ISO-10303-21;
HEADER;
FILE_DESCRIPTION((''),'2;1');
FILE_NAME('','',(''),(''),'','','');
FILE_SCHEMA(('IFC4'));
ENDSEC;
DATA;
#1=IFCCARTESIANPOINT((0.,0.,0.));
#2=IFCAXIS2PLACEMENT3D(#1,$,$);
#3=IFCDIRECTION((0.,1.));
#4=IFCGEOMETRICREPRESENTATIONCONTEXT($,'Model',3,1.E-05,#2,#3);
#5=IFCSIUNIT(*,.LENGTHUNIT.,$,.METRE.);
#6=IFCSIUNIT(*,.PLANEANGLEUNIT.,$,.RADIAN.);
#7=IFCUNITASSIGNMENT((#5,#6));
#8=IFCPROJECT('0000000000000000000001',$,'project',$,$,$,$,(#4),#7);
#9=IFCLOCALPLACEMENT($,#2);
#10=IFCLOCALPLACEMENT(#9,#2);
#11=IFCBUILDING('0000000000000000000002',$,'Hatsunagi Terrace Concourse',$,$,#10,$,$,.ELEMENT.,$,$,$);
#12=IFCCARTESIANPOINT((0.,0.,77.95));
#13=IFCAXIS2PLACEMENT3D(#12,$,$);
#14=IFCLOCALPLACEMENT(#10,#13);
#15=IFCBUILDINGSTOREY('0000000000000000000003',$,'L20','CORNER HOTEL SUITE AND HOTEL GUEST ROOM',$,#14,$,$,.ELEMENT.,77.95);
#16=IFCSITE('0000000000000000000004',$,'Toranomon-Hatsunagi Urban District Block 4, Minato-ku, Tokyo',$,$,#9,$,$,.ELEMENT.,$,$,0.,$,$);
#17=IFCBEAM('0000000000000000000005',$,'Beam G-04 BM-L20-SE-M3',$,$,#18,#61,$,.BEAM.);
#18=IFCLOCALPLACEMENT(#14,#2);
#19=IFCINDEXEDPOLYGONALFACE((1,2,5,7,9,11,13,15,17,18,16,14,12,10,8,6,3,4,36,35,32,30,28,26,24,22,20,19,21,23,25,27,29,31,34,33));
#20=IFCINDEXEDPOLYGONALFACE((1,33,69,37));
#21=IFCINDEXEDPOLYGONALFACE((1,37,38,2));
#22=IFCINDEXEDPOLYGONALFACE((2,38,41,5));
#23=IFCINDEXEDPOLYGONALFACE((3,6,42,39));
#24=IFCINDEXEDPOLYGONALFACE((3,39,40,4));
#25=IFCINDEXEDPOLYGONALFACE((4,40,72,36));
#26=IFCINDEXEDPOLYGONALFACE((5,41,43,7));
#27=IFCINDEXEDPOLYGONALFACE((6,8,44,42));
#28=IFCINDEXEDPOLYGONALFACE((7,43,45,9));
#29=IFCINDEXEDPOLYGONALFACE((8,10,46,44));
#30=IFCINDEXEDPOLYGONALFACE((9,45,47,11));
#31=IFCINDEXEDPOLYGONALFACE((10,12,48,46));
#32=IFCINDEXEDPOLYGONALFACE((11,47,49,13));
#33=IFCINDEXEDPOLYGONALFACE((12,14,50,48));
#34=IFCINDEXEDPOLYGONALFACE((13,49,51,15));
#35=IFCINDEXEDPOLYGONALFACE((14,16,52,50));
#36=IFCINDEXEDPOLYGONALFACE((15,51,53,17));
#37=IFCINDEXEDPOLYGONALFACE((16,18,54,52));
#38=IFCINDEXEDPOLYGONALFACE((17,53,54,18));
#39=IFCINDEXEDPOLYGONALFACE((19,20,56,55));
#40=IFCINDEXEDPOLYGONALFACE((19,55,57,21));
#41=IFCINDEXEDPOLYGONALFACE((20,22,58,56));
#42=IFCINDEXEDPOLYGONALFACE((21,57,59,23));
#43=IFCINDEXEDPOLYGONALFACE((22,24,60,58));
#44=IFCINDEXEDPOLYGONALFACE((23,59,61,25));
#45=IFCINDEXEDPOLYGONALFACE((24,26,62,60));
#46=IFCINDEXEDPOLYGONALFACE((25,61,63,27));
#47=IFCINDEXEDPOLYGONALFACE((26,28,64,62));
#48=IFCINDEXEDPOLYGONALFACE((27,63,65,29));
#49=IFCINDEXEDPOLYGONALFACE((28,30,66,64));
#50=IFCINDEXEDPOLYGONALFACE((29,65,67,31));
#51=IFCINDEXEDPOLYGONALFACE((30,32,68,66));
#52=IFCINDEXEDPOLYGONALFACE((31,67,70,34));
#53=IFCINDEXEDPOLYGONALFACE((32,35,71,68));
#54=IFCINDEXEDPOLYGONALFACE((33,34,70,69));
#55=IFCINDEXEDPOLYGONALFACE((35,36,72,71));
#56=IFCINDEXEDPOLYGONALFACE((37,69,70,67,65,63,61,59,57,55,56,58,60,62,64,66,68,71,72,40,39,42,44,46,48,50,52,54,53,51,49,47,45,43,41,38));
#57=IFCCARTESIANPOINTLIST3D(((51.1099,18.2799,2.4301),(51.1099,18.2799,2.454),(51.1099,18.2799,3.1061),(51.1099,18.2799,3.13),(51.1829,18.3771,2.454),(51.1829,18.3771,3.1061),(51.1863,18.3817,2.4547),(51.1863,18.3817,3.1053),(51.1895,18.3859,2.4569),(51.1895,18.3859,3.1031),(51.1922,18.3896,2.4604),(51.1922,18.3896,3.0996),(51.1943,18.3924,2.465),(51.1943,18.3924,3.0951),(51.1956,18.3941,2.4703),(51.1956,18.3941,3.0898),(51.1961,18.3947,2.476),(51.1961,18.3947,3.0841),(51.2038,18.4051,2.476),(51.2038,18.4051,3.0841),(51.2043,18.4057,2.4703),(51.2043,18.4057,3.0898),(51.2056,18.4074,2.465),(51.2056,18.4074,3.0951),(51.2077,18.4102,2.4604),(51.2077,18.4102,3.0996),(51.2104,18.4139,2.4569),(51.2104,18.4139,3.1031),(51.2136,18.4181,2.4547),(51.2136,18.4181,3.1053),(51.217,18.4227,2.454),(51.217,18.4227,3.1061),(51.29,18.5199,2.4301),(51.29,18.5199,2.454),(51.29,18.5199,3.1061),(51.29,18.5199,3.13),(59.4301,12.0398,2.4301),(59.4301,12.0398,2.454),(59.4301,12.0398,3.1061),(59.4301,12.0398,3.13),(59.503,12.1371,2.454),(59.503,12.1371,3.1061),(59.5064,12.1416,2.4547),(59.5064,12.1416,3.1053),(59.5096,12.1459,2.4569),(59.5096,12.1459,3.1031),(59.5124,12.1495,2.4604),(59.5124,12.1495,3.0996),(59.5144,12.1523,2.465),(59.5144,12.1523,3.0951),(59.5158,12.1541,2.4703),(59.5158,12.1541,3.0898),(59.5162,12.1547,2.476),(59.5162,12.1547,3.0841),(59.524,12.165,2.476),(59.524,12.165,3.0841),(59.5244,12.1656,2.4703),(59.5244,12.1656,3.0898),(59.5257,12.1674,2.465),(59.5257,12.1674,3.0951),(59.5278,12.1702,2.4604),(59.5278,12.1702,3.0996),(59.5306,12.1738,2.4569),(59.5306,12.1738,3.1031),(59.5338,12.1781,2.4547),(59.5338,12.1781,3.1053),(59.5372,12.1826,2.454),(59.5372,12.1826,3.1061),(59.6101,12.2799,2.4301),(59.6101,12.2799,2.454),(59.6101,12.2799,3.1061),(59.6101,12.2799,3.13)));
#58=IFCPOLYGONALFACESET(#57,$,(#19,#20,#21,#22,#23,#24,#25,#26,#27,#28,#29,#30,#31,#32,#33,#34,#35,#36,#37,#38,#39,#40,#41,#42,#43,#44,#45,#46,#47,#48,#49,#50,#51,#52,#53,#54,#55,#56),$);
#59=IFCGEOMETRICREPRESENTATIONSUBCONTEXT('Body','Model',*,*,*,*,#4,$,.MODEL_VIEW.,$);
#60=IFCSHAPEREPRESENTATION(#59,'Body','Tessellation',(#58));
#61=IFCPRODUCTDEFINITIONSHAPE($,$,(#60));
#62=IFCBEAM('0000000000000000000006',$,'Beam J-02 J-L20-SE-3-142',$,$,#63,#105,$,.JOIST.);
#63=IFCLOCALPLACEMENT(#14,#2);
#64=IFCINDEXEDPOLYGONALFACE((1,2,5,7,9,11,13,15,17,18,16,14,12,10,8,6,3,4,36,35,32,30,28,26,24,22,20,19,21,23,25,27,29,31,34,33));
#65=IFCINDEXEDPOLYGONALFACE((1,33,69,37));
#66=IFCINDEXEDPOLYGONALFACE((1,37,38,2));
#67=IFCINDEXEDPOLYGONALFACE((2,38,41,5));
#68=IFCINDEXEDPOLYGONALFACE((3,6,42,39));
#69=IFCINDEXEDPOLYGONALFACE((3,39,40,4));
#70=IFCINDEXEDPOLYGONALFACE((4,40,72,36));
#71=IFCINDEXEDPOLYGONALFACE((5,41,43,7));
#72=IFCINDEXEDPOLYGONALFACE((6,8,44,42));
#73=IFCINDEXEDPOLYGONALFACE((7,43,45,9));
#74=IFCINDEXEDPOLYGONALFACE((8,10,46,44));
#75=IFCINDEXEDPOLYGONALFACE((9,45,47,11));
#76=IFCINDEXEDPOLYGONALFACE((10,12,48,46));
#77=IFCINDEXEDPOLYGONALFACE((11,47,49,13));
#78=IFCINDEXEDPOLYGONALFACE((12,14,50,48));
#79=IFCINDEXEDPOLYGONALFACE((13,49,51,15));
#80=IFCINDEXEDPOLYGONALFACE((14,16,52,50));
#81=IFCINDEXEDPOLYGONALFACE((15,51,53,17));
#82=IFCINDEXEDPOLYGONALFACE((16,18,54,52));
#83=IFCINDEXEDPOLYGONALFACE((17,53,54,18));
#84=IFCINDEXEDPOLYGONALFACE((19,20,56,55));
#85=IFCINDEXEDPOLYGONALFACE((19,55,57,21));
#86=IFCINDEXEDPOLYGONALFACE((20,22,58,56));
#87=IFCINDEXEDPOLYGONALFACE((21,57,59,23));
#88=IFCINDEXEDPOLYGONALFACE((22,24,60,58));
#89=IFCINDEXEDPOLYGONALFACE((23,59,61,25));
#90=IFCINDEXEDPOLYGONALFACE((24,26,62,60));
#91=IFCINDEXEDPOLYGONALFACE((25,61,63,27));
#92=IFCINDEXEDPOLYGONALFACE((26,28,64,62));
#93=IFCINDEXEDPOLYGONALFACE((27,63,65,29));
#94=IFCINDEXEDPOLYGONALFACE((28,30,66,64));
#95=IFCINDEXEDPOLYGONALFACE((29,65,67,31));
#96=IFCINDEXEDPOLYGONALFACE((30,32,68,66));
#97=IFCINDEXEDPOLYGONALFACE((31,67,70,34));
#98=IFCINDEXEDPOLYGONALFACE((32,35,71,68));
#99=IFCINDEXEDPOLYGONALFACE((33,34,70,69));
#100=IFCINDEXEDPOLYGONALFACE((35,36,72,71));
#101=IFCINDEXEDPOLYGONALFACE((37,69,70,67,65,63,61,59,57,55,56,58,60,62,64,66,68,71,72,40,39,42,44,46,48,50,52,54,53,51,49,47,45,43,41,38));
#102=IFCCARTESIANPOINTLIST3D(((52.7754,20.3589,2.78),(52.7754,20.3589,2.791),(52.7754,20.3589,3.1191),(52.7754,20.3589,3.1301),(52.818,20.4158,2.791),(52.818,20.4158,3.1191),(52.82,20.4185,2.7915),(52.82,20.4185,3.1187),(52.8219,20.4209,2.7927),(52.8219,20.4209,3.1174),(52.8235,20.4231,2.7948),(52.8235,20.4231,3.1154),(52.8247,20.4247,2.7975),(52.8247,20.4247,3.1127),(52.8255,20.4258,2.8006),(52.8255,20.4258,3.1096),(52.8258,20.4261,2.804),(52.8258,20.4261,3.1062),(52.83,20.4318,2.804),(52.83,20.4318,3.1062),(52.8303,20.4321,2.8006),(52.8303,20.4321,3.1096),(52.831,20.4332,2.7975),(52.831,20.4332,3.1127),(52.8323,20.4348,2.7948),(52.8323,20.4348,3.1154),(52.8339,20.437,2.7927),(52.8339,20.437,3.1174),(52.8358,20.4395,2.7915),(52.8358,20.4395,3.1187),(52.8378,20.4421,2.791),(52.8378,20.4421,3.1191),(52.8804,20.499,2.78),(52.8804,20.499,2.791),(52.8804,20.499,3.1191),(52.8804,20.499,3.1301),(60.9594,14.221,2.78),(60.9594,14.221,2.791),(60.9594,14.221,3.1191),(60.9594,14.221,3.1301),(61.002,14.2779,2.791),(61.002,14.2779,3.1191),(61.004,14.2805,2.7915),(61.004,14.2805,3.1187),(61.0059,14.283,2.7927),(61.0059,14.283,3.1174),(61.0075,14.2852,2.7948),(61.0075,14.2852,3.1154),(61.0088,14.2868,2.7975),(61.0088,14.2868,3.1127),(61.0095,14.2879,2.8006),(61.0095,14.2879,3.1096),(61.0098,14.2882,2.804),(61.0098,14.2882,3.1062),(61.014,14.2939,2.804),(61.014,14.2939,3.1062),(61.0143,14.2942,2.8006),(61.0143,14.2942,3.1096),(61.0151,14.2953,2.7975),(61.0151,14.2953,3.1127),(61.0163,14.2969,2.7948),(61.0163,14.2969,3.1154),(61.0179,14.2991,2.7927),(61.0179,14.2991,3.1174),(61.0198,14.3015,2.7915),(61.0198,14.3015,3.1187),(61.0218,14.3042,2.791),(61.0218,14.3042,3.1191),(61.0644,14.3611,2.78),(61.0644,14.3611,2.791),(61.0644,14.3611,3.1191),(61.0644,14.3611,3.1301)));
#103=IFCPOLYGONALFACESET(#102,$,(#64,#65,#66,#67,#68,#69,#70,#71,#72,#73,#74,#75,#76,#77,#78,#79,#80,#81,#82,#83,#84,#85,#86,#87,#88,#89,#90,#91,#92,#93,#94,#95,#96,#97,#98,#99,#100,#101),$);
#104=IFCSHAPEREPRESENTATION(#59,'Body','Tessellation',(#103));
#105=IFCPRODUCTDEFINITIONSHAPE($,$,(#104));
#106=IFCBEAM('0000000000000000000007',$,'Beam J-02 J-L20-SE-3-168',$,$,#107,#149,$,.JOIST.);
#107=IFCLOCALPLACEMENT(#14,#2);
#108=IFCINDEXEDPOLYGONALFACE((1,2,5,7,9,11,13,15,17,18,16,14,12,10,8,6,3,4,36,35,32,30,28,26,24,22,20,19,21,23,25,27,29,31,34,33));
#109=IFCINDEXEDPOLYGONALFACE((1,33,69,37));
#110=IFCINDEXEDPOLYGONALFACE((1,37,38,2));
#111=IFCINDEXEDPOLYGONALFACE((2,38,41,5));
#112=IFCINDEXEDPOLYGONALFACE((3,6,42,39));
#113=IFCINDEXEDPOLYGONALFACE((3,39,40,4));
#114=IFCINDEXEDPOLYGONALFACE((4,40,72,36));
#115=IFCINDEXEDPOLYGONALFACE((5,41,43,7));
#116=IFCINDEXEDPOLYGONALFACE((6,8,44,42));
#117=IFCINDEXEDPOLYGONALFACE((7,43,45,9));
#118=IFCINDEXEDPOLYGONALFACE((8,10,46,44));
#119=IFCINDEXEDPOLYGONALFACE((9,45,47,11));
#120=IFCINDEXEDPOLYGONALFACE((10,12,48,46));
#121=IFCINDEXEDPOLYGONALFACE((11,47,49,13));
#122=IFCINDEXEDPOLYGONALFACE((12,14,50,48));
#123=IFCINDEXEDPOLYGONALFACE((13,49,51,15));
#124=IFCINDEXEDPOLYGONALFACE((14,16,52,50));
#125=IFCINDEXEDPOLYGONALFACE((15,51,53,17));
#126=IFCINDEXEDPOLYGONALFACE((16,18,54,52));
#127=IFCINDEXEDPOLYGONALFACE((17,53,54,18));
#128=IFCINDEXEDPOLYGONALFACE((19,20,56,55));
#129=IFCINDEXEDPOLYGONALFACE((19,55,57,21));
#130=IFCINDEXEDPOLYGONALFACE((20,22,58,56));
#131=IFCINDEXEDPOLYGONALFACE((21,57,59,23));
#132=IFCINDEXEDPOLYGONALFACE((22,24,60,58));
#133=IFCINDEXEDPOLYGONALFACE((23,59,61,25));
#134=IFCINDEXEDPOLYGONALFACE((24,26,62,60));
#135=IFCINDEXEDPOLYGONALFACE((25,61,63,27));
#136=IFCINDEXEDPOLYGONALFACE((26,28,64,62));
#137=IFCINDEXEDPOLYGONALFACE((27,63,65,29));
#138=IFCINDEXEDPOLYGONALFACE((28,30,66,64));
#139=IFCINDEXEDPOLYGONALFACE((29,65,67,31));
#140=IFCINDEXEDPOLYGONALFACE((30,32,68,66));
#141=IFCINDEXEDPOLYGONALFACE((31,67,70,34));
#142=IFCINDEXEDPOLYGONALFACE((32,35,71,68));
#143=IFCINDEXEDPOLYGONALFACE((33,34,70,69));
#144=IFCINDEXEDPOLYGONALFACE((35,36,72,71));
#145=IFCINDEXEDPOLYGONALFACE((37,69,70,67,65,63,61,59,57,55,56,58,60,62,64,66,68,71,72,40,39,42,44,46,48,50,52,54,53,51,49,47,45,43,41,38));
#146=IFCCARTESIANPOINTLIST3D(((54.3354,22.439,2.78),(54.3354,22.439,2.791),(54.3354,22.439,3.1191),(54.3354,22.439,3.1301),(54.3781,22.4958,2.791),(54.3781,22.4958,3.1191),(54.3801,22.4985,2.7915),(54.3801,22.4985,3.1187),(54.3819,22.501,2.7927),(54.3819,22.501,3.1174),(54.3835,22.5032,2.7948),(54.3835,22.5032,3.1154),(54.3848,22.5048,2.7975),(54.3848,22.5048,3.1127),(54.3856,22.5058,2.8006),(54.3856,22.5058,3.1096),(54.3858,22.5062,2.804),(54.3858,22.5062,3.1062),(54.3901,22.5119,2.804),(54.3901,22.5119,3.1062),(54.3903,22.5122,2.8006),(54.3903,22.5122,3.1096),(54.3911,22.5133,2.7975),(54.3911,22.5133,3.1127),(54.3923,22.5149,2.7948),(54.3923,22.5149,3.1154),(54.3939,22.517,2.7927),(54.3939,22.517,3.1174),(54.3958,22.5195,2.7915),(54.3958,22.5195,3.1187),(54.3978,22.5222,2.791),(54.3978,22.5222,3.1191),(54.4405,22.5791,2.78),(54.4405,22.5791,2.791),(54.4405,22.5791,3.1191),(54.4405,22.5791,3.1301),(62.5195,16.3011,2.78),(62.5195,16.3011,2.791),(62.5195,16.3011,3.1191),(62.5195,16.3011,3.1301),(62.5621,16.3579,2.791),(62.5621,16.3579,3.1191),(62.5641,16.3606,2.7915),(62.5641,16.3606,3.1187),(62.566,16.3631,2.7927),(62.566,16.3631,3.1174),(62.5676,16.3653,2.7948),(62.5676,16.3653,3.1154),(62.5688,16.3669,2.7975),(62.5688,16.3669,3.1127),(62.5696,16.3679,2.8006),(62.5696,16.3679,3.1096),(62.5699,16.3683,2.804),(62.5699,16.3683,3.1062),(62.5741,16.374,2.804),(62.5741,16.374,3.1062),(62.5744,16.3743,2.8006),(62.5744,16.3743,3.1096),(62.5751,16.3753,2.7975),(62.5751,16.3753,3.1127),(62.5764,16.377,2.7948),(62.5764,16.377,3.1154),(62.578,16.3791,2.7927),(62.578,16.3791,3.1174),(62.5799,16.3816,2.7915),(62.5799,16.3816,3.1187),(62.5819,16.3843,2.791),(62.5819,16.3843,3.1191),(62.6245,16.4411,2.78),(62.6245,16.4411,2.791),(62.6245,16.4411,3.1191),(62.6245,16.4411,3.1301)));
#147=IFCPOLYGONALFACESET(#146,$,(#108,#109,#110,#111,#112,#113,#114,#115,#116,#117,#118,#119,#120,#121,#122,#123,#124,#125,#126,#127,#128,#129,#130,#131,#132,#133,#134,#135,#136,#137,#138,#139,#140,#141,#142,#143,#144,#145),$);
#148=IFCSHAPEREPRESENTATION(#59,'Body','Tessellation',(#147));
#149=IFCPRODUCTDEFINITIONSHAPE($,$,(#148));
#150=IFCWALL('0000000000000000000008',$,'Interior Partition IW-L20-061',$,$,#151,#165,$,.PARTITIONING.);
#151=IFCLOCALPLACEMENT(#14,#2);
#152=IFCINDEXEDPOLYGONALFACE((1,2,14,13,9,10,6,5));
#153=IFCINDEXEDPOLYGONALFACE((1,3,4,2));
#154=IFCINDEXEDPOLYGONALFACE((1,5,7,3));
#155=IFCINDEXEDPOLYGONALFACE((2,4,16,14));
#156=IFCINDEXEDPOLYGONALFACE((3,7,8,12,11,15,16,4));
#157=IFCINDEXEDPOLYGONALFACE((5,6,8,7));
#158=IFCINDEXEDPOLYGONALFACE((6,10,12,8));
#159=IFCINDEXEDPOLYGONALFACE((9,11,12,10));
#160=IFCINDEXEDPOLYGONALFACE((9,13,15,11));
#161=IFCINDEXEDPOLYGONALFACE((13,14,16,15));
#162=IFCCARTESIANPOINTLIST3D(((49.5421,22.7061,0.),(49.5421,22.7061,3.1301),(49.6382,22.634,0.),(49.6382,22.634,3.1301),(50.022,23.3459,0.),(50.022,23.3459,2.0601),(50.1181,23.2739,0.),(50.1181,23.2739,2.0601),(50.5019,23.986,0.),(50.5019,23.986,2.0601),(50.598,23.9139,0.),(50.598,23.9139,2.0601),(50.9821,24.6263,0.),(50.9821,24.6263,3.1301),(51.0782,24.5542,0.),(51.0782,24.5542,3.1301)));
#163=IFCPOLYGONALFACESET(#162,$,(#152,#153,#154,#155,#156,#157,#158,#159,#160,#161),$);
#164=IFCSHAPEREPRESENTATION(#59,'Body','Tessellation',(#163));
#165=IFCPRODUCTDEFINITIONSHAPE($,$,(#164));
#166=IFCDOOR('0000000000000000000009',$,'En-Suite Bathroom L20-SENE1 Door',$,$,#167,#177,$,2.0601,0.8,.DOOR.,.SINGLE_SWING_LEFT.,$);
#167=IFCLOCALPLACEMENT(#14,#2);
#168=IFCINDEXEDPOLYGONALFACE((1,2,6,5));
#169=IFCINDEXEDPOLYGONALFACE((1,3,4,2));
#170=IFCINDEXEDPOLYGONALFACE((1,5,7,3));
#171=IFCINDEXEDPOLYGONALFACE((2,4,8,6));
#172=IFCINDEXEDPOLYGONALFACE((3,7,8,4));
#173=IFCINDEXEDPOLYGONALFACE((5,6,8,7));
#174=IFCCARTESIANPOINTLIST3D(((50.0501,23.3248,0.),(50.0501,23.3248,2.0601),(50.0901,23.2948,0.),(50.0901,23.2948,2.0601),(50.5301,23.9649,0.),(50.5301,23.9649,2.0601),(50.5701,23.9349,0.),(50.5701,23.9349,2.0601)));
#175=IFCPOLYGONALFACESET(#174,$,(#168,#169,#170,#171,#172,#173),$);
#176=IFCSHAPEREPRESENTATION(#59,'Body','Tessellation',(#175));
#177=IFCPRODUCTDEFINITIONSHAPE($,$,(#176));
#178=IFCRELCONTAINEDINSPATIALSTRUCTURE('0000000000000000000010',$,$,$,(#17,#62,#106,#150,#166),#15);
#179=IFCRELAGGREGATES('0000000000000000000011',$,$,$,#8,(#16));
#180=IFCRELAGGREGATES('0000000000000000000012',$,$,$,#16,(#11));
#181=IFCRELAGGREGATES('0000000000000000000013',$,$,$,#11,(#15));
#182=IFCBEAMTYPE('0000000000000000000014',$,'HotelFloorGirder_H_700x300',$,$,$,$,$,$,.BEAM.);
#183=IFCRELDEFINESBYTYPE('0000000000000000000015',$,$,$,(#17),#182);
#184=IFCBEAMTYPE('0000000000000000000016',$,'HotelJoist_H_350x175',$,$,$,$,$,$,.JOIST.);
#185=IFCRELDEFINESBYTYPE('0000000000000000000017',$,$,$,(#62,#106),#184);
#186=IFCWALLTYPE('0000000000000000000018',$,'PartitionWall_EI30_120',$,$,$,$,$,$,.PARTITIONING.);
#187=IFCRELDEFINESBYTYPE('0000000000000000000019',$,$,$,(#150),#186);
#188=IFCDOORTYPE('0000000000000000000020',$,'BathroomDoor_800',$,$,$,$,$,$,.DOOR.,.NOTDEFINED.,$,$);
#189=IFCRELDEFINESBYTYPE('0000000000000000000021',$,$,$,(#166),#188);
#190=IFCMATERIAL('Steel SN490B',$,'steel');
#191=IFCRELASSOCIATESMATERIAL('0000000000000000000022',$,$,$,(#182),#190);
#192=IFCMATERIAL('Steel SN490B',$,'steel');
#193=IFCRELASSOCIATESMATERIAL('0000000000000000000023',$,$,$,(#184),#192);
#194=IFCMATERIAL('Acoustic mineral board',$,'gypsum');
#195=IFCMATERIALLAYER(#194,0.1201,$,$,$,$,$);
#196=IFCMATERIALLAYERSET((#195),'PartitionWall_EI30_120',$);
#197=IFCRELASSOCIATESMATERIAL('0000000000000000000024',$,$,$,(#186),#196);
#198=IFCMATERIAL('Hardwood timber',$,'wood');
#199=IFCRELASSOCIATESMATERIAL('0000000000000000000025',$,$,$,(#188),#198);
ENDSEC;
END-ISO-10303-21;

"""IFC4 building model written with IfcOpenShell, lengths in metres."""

from ifc_helpers import new_model, si_unit, direction, frame, frame_2d, origin, origin_2d, place, context, subcontext, project, spatial, rectangle, i_section, extrude, material, layer, layer_set, material_profile, profile_set, type_object, element, fill, save


model = new_model("IFC4")

# Units and contexts
model_context = context("Model", 3, precision=1e-05, world=origin(), true_north=direction((0.0, 1.0)))
body_context = subcontext(model_context, "Body", "Model", "MODEL_VIEW")
ifc_project = project(units=[si_unit("LENGTHUNIT", "METRE"), si_unit("PLANEANGLEUNIT", "RADIAN")], contexts=[model_context])

# Site, building, storey
site_placement = place(None, origin())
site = spatial("IfcSite", under=ifc_project, at=site_placement, Name="Toranomon-Hatsunagi Urban District Block 4, Minato-ku, Tokyo", CompositionType="ELEMENT", RefElevation=0.0)
building_placement = place(site_placement, origin())
building = spatial("IfcBuilding", under=site, at=building_placement, Name="Hatsunagi Terrace Concourse", CompositionType="ELEMENT")
storey_placement = place(building_placement, frame((0.0, 0.0, 77.95)))
storey = spatial("IfcBuildingStorey", under=building, at=storey_placement, Name="L20", Description="CORNER HOTEL SUITE AND HOTEL GUEST ROOM", CompositionType="ELEMENT", Elevation=77.95)

# Beams
ifc_material_1 = material(Name="Steel SN490B", Category="steel")
ifc_material_profile_1 = material_profile(ifc_material_1, i_section(OverallWidth=0.3, OverallDepth=0.7, WebThickness=0.0129, FlangeThickness=0.0239, FilletRadius=0.022, at=origin_2d()), Name="H-700x300x13x24")
ifc_profile_set_1 = profile_set([ifc_material_profile_1], Name="Steel SN490B")
beam_type_1 = type_object("IfcBeamType", Name="HotelFloorGirder_H_700x300", PredefinedType="BEAM", material=ifc_profile_set_1)
beam_placement = place(storey_placement, frame((51.2, 18.3999, 2.78), z_axis=(0.800003, -0.599996, 0.0), x_axis=(0.599996, 0.800003, 0.0)))
element("IfcBeam", 1, at=beam_placement, inside=storey, type_object=beam_type_1, Name="Beam G-04 BM-L20-SE-M3", PredefinedType="BEAM", context=body_context, shape_type="SweptSolid", body=[
    extrude(i_section(OverallWidth=0.3, OverallDepth=0.7, WebThickness=0.0129, FlangeThickness=0.0239, FilletRadius=0.022, at=origin_2d()), origin(), (0.0, 0.0, 1.0), 10.4001),
])
ifc_material_2 = material(Name="Steel SN490B", Category="steel")
ifc_material_profile_2 = material_profile(ifc_material_2, i_section(OverallWidth=0.175, OverallDepth=0.3501, WebThickness=0.0071, FlangeThickness=0.011, FilletRadius=0.0129, at=origin_2d()), Name="H-350x175x7x11")
ifc_profile_set_2 = profile_set([ifc_material_profile_2], Name="Steel SN490B")
beam_type_2 = type_object("IfcBeamType", Name="HotelJoist_H_350x175", PredefinedType="JOIST", material=ifc_profile_set_2)
for number, where, z_axis, x_axis, name in (
    (2, (52.8279, 20.429, 2.9551), (0.800006, -0.599992, 0.0), (0.599992, 0.800006, 0.0), "Beam J-02 J-L20-SE-3-142"),
    (3, (54.3879, 22.509, 2.9551), (0.800006, -0.599992, 0.0), (0.599992, 0.800006, 0.0), "Beam J-02 J-L20-SE-3-168"),
):
    element("IfcBeam", number, at=place(storey_placement, frame(where, z_axis=z_axis, x_axis=x_axis)), inside=storey, type_object=beam_type_2, Name=name, PredefinedType="JOIST", context=body_context, shape_type="SweptSolid", body=[
        extrude(i_section(OverallWidth=0.175, OverallDepth=0.3501, WebThickness=0.0071, FlangeThickness=0.011, FilletRadius=0.0129, at=origin_2d()), origin(), (0.0, 0.0, 1.0), 10.23),
    ])

# Wall, opening, door
ifc_material_3 = material(Name="Acoustic mineral board", Category="gypsum")
ifc_layer_1 = layer(ifc_material_3, 0.1201)
ifc_layer_set_1 = layer_set([ifc_layer_1], Name="PartitionWall_EI30_120")
wall_type_1 = type_object("IfcWallType", Name="PartitionWall_EI30_120", PredefinedType="PARTITIONING", material=ifc_layer_set_1)
wall_1_placement = place(storey_placement, frame((49.5901, 22.6699, 0.0), z_axis=(0.0, 0.0, 1.0), x_axis=(0.599951, 0.800037, 0.0)))
wall_1 = element("IfcWall", 4, at=wall_1_placement, inside=storey, type_object=wall_type_1, Name="Interior Partition IW-L20-061", PredefinedType="PARTITIONING", context=body_context, shape_type="SweptSolid", body=[
    extrude(rectangle(XDim=2.4001, YDim=0.1201, at=frame_2d((1.2002, 0.0))), origin(), (0.0, 0.0, 1.0), 3.1301),
])
opening_1_placement = place(wall_1_placement, frame((0.8, 0.0, 0.0)))
opening_1 = element("IfcOpeningElement", 5, at=opening_1_placement, cuts=wall_1, PredefinedType="OPENING", context=body_context, shape_type="SweptSolid", body=[
    extrude(rectangle(XDim=0.8, YDim=2.0601, at=frame_2d((0.3999, 1.03))), frame((0.0, 0.0701, 0.0), z_axis=(0.0, -1.0, 0.0), x_axis=(1.0, 0.0, 0.0)), (0.0, 0.0, 1.0), 0.1401),
])
ifc_material_4 = material(Name="Hardwood timber", Category="wood")
door_type_1 = type_object("IfcDoorType", Name="BathroomDoor_800", OperationType="NOTDEFINED", PredefinedType="DOOR", material=ifc_material_4)
door_1_placement = place(opening_1_placement, origin())
door_1 = element("IfcDoor", 6, at=door_1_placement, inside=storey, type_object=door_type_1, Name="En-Suite Bathroom L20-SENE1 Door", OperationType="SINGLE_SWING_LEFT", OverallHeight=2.0601, OverallWidth=0.8, PredefinedType="DOOR", context=body_context, shape_type="SweptSolid", body=[
    extrude(rectangle(XDim=0.8, YDim=2.0601, at=frame_2d((0.3999, 1.03))), frame((0.0, 0.0249, 0.0), z_axis=(0.0, -1.0, 0.0), x_axis=(1.0, 0.0, 0.0)), (0.0, 0.0, 1.0), 0.05),
])
fill(opening_1, door_1)

save(model, "model.ifc")
